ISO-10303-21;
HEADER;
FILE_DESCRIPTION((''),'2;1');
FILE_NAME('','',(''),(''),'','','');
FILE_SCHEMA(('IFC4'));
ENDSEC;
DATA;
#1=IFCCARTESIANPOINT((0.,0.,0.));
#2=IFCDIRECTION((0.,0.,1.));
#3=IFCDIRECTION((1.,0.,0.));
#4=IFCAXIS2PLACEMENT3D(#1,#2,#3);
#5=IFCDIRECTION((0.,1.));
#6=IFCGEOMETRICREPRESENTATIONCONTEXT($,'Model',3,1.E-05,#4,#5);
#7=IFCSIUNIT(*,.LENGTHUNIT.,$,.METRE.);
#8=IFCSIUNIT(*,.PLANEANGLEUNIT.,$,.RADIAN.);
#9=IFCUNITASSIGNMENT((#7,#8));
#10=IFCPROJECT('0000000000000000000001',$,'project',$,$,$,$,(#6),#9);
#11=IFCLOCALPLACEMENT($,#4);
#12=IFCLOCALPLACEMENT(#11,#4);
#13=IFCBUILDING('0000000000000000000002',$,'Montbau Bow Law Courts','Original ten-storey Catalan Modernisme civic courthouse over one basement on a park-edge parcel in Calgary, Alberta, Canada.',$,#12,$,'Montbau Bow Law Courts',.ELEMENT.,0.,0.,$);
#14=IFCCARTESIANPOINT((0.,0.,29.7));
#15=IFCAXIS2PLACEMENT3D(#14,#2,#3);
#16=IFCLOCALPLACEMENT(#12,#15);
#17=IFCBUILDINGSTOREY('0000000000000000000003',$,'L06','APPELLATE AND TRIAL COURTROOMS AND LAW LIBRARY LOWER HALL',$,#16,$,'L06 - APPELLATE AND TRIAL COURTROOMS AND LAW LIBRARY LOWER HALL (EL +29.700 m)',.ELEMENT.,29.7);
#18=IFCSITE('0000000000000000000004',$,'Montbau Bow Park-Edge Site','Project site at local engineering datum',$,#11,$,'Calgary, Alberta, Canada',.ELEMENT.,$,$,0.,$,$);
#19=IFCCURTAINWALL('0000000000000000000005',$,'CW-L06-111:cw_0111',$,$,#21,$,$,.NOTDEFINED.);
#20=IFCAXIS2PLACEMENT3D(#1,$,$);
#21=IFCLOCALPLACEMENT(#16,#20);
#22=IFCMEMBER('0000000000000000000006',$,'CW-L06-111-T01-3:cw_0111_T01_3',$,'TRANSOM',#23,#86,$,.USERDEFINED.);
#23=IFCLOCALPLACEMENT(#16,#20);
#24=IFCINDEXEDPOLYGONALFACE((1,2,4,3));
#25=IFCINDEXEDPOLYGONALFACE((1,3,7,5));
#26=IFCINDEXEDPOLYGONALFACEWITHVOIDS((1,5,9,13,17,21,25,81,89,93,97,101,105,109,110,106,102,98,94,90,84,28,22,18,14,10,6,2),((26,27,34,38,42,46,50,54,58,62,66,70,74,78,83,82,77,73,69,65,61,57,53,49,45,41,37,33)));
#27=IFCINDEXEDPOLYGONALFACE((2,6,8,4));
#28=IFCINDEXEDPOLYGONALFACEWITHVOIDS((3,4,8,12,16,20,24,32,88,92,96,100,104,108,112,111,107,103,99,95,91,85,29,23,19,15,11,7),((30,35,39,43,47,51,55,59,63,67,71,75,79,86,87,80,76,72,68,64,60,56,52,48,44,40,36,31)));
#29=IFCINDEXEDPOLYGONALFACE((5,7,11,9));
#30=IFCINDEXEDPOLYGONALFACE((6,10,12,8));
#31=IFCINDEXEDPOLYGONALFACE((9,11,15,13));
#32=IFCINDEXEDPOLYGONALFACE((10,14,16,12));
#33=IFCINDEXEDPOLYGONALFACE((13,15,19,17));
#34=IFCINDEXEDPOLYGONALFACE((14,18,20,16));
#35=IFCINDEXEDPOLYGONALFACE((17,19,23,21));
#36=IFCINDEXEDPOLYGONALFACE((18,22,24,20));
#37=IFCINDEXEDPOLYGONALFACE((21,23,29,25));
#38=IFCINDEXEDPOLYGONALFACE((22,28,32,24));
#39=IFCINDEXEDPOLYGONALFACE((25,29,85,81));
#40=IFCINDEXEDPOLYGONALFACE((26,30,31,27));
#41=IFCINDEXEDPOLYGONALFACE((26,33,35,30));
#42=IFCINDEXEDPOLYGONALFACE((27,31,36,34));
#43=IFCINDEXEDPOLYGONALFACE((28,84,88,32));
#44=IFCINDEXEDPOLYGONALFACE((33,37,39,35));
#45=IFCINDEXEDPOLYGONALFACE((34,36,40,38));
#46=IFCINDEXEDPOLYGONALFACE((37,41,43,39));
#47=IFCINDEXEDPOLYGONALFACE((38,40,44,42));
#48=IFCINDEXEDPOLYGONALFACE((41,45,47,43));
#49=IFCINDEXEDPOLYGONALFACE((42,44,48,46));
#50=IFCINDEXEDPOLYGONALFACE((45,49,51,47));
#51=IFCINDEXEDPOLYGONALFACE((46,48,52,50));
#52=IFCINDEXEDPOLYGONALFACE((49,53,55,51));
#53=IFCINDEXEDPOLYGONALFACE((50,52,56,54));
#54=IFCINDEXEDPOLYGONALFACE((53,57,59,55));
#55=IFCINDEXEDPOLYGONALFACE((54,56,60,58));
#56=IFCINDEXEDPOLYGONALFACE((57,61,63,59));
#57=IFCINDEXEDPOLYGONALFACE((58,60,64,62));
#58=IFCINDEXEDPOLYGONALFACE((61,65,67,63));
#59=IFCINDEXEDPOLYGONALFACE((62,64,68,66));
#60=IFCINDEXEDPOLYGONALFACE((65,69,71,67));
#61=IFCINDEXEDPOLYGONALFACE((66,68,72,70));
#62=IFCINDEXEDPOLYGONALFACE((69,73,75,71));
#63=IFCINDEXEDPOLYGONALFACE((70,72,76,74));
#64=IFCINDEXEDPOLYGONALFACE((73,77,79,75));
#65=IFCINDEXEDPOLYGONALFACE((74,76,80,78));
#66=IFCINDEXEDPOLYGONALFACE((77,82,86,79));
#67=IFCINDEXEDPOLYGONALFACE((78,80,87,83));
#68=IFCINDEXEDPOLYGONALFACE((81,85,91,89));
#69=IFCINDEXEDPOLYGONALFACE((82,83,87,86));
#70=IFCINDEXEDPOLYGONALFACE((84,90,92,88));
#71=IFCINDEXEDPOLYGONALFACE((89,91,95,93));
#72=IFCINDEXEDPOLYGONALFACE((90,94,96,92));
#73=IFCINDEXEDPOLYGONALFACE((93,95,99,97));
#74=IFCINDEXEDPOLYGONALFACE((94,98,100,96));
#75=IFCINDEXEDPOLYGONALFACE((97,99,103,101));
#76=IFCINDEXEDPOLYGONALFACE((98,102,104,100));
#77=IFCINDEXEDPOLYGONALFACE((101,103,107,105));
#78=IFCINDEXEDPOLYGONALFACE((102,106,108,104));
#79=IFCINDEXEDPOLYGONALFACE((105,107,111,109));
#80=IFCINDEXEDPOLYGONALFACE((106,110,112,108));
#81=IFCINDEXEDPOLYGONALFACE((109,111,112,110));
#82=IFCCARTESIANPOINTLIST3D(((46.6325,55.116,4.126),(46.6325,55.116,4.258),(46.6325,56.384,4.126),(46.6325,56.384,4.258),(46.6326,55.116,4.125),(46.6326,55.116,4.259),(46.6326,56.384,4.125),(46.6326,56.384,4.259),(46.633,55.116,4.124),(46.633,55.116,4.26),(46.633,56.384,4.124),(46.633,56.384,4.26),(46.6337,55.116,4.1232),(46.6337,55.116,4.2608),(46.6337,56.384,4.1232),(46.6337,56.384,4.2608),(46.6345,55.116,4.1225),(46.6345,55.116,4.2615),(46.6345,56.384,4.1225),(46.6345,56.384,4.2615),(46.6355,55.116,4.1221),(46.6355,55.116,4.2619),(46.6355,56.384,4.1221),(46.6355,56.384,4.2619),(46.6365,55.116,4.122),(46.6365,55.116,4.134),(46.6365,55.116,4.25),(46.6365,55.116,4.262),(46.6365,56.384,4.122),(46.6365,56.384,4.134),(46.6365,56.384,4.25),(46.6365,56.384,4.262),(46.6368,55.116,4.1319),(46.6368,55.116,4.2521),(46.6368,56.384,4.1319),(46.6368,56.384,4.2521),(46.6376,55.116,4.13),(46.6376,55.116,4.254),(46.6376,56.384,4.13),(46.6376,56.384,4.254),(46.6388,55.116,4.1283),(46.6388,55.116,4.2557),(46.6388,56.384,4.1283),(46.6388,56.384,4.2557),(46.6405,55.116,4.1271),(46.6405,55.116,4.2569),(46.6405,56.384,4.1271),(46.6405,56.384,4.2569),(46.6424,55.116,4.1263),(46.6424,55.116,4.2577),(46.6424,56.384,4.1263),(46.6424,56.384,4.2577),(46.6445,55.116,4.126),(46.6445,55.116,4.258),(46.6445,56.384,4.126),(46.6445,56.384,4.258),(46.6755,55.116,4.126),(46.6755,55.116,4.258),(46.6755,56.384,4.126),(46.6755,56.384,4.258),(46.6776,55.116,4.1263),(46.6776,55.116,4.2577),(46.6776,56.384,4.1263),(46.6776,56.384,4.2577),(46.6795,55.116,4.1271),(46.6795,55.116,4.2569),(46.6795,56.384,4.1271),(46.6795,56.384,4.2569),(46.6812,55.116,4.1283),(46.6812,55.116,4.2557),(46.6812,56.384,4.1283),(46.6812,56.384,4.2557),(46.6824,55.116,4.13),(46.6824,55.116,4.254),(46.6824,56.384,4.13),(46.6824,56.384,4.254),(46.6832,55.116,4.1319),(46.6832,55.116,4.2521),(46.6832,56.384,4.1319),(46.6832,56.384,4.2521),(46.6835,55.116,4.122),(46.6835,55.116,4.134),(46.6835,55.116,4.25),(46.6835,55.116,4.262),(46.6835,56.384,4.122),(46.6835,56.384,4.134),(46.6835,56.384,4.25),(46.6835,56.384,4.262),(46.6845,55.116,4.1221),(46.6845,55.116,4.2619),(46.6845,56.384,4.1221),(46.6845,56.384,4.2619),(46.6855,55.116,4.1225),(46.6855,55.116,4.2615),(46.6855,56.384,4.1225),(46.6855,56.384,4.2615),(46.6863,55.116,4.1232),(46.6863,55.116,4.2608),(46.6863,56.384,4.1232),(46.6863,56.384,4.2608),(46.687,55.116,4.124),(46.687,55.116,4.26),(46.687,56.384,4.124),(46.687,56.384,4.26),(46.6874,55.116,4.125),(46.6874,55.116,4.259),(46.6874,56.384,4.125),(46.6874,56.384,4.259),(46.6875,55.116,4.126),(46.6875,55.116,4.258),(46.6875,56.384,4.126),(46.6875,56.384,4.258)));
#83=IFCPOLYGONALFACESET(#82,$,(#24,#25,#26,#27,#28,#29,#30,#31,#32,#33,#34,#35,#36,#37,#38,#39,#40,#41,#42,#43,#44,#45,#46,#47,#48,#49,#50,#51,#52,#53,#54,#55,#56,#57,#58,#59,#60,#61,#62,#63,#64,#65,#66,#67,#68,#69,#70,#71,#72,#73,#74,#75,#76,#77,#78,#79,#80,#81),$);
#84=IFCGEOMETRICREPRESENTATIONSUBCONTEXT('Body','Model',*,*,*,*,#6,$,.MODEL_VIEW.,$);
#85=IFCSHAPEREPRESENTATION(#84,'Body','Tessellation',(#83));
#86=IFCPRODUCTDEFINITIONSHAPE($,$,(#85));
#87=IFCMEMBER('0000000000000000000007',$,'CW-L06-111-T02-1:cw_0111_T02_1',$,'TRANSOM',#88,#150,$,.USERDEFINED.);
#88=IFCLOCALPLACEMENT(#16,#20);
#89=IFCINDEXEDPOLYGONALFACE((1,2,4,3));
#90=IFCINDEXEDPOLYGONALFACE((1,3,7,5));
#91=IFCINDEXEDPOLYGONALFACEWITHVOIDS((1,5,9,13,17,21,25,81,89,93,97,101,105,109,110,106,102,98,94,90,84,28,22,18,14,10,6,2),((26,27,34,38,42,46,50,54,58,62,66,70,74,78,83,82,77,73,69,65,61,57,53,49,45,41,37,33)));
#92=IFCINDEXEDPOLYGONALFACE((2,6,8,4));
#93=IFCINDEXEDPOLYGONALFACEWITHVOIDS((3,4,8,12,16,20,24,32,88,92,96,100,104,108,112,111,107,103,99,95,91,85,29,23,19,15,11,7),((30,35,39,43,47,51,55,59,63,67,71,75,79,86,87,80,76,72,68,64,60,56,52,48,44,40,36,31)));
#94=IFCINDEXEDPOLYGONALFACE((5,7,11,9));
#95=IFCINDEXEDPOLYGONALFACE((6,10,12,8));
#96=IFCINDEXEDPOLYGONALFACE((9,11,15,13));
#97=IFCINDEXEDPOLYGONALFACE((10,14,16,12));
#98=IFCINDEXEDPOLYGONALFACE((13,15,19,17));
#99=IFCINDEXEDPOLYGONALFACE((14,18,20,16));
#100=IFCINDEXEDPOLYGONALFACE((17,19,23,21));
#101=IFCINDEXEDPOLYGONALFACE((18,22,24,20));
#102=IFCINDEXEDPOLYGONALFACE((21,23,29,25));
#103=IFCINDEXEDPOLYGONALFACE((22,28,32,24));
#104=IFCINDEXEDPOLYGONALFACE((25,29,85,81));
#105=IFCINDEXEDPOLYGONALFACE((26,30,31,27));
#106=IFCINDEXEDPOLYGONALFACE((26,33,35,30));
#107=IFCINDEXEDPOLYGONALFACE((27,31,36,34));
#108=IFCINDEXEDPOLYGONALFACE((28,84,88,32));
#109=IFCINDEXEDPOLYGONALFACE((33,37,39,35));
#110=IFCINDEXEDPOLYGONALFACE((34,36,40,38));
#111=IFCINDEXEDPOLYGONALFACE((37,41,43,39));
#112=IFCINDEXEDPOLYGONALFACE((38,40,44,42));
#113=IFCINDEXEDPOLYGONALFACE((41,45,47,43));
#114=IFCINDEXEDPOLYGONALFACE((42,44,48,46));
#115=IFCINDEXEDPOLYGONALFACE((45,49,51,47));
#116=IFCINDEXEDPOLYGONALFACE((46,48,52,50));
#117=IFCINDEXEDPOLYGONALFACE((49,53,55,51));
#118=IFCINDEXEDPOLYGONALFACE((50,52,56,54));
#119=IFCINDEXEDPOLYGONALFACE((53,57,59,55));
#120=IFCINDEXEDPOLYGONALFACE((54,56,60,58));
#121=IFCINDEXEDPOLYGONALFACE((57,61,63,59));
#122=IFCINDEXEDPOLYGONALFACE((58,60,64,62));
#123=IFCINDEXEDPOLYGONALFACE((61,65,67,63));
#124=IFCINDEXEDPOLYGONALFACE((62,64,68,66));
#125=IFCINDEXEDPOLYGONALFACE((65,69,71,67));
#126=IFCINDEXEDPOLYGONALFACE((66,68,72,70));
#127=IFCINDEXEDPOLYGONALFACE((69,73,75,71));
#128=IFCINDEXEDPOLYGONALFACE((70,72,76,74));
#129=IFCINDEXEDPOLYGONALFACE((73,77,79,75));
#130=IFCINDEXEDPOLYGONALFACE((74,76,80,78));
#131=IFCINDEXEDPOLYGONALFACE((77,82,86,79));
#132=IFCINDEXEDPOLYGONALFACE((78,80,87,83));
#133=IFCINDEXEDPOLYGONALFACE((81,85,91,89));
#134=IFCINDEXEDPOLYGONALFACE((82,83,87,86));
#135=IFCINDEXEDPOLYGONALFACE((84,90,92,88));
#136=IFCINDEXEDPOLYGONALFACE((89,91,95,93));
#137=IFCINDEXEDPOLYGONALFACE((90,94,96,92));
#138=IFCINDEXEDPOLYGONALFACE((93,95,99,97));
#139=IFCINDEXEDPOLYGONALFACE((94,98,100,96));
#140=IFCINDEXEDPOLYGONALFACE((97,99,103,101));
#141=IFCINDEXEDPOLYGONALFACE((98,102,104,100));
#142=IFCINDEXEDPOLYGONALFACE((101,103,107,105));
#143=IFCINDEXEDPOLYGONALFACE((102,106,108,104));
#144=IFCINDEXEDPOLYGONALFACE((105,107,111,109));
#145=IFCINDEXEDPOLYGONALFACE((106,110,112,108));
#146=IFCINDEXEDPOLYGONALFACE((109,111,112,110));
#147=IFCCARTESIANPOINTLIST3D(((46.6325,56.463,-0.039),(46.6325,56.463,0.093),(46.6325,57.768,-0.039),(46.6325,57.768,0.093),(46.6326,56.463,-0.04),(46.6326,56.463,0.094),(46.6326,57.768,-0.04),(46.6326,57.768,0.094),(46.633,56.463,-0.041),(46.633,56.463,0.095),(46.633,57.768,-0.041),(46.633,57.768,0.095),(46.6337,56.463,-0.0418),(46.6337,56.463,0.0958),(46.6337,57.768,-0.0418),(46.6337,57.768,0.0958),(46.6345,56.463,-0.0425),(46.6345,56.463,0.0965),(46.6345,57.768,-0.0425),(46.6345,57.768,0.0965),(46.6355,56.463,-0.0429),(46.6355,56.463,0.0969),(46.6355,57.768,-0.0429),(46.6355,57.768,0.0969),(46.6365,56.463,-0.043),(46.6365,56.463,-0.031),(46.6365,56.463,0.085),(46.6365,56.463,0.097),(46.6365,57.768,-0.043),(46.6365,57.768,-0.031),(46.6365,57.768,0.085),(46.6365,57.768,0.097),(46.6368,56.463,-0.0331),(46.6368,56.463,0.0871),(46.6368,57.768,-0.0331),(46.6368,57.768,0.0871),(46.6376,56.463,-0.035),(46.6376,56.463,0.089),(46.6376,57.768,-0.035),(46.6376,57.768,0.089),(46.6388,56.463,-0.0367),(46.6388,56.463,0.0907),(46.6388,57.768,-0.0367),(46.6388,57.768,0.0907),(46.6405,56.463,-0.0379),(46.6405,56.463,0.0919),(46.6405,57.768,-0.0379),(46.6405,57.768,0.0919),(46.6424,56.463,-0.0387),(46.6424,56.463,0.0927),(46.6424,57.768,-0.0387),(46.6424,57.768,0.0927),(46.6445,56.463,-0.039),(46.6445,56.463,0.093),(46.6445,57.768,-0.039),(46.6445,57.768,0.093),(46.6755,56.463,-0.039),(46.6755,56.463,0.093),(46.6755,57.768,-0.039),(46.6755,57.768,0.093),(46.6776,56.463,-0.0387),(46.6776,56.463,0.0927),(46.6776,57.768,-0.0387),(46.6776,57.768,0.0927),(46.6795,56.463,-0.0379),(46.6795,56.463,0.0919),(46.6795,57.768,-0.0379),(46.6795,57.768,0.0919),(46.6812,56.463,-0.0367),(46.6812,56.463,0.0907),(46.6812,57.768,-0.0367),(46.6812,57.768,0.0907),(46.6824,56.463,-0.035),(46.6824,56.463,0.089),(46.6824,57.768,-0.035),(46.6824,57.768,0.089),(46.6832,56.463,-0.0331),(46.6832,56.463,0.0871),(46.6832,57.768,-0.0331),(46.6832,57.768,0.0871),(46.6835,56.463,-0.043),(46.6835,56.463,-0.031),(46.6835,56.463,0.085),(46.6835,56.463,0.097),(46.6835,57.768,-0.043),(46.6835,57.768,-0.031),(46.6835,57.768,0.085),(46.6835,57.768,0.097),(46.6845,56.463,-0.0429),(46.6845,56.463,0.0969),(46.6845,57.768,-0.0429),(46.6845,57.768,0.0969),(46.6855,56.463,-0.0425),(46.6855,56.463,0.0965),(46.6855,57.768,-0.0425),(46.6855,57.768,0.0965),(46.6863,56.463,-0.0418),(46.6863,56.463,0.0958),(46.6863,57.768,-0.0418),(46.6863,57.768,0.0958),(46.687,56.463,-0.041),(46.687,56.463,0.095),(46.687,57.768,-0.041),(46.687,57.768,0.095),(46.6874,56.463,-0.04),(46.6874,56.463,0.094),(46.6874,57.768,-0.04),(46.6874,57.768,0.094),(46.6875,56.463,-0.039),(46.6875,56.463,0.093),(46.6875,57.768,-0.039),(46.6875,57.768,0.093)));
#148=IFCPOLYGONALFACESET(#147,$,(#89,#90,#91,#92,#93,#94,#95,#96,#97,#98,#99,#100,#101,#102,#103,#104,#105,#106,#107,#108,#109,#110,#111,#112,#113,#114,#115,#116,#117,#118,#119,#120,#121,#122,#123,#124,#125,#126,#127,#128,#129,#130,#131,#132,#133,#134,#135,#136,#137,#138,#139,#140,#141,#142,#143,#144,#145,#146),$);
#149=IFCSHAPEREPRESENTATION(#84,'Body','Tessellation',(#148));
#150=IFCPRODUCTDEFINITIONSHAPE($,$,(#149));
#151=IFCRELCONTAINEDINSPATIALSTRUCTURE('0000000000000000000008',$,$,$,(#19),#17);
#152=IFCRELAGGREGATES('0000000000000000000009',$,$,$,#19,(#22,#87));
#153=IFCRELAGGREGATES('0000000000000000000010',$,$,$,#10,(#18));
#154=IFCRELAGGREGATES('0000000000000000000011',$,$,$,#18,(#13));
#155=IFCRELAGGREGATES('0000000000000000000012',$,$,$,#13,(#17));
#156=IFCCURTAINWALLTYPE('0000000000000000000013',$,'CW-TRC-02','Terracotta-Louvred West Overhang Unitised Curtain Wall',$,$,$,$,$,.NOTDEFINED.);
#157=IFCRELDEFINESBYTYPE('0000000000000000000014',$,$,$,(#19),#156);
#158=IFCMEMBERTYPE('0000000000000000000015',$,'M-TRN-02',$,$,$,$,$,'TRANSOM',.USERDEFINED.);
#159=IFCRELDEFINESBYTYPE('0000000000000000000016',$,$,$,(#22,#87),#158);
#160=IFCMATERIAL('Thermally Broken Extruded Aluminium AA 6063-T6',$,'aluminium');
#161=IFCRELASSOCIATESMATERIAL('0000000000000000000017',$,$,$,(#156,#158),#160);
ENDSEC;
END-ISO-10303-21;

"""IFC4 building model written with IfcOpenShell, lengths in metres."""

from ifc_helpers import new_model, si_unit, direction, frame, origin_with_axes, origin_2d_with_axis, place, context, subcontext, project, spatial, hollow_rectangle, extrude, material, material_profile, profile_set, type_object, element, aggregate, save


model = new_model("IFC4")

# Units and contexts
model_context = context("Model", 3, precision=1e-05, world=origin_with_axes(), true_north=direction((0.0, 1.0)))
body_context = subcontext(model_context, "Body", "Model", "MODEL_VIEW")
ifc_project = project(units=[si_unit("LENGTHUNIT", "METRE"), si_unit("PLANEANGLEUNIT", "RADIAN")], contexts=[model_context])

# Site, building, storey
site_placement = place(None, origin_with_axes())
site = spatial("IfcSite", under=ifc_project, at=site_placement, Name="Montbau Bow Park-Edge Site", Description="Project site at local engineering datum", LongName="Calgary, Alberta, Canada", CompositionType="ELEMENT", RefElevation=0.0)
building_placement = place(site_placement, origin_with_axes())
building = spatial("IfcBuilding", under=site, at=building_placement, Name="Montbau Bow Law Courts", Description="Original ten-storey Catalan Modernisme civic courthouse over one basement on a park-edge parcel in Calgary, Alberta, Canada.", LongName="Montbau Bow Law Courts", CompositionType="ELEMENT", ElevationOfRefHeight=0.0, ElevationOfTerrain=0.0)
storey_placement = place(building_placement, frame((0.0, 0.0, 29.7), z_axis=(0.0, 0.0, 1.0), x_axis=(1.0, 0.0, 0.0)))
storey = spatial("IfcBuildingStorey", under=building, at=storey_placement, Name="L06", Description="APPELLATE AND TRIAL COURTROOMS AND LAW LIBRARY LOWER HALL", LongName="L06 - APPELLATE AND TRIAL COURTROOMS AND LAW LIBRARY LOWER HALL (EL +29.700 m)", CompositionType="ELEMENT", Elevation=29.7)

# Curtain wall, members
ifc_material_1 = material(Name="Thermally Broken Extruded Aluminium AA 6063-T6", Category="aluminium")
curtain_wall_type = type_object("IfcCurtainWallType", Name="CW-TRC-02", Description="Terracotta-Louvred West Overhang Unitised Curtain Wall", PredefinedType="NOTDEFINED", material=ifc_material_1)
curtain_wall_1_placement = place(None, frame((46.66, 55.04, 29.7), z_axis=(0.0, 0.0, 1.0), x_axis=(1.0, 0.0, 0.0)))
curtain_wall_1 = element("IfcCurtainWall", 1, at=curtain_wall_1_placement, inside=storey, type_object=curtain_wall_type, Name="CW-L06-111:cw_0111", PredefinedType="NOTDEFINED")
ifc_material_profile_1 = material_profile(ifc_material_1, hollow_rectangle(XDim=0.055, YDim=0.14, WallThickness=0.004, InnerFilletRadius=0.008, OuterFilletRadius=0.004, at=origin_2d_with_axis()), Name="CWT-140X55", Category="Main", Priority=0)
ifc_profile_set_1 = profile_set([ifc_material_profile_1], Name="Thermally Broken Extruded Aluminium AA 6063-T6")
member_type_1 = type_object("IfcMemberType", Name="M-TRN-02", ElementType="TRANSOM", PredefinedType="USERDEFINED", material=ifc_profile_set_1)
member_1_placement = place(None, frame((46.66, 55.116, 33.892), z_axis=(0.0, 1.0, 0.0), x_axis=(-1.0, 0.0, 0.0)))
member_1 = element("IfcMember", 2, at=member_1_placement, type_object=member_type_1, Name="CW-L06-111-T01-3:cw_0111_T01_3", ObjectType="TRANSOM", PredefinedType="USERDEFINED", context=body_context, shape_type="SweptSolid", body=[
    extrude(hollow_rectangle(XDim=0.055, YDim=0.14, WallThickness=0.004, InnerFilletRadius=0.008, OuterFilletRadius=0.004, at=origin_2d_with_axis()), origin_with_axes(), (0.0, 0.0, 1.0), 1.268),
])
member_2_placement = place(None, frame((46.66, 56.463, 29.727), z_axis=(0.0, 1.0, 0.0), x_axis=(-1.0, 0.0, 0.0)))
member_2 = element("IfcMember", 3, at=member_2_placement, type_object=member_type_1, Name="CW-L06-111-T02-1:cw_0111_T02_1", ObjectType="TRANSOM", PredefinedType="USERDEFINED", context=body_context, shape_type="SweptSolid", body=[
    extrude(hollow_rectangle(XDim=0.055, YDim=0.14, WallThickness=0.004, InnerFilletRadius=0.008, OuterFilletRadius=0.004, at=origin_2d_with_axis()), origin_with_axes(), (0.0, 0.0, 1.0), 1.305),
])

aggregate(curtain_wall_1, [member_1, member_2])

save(model, "model.ifc")
